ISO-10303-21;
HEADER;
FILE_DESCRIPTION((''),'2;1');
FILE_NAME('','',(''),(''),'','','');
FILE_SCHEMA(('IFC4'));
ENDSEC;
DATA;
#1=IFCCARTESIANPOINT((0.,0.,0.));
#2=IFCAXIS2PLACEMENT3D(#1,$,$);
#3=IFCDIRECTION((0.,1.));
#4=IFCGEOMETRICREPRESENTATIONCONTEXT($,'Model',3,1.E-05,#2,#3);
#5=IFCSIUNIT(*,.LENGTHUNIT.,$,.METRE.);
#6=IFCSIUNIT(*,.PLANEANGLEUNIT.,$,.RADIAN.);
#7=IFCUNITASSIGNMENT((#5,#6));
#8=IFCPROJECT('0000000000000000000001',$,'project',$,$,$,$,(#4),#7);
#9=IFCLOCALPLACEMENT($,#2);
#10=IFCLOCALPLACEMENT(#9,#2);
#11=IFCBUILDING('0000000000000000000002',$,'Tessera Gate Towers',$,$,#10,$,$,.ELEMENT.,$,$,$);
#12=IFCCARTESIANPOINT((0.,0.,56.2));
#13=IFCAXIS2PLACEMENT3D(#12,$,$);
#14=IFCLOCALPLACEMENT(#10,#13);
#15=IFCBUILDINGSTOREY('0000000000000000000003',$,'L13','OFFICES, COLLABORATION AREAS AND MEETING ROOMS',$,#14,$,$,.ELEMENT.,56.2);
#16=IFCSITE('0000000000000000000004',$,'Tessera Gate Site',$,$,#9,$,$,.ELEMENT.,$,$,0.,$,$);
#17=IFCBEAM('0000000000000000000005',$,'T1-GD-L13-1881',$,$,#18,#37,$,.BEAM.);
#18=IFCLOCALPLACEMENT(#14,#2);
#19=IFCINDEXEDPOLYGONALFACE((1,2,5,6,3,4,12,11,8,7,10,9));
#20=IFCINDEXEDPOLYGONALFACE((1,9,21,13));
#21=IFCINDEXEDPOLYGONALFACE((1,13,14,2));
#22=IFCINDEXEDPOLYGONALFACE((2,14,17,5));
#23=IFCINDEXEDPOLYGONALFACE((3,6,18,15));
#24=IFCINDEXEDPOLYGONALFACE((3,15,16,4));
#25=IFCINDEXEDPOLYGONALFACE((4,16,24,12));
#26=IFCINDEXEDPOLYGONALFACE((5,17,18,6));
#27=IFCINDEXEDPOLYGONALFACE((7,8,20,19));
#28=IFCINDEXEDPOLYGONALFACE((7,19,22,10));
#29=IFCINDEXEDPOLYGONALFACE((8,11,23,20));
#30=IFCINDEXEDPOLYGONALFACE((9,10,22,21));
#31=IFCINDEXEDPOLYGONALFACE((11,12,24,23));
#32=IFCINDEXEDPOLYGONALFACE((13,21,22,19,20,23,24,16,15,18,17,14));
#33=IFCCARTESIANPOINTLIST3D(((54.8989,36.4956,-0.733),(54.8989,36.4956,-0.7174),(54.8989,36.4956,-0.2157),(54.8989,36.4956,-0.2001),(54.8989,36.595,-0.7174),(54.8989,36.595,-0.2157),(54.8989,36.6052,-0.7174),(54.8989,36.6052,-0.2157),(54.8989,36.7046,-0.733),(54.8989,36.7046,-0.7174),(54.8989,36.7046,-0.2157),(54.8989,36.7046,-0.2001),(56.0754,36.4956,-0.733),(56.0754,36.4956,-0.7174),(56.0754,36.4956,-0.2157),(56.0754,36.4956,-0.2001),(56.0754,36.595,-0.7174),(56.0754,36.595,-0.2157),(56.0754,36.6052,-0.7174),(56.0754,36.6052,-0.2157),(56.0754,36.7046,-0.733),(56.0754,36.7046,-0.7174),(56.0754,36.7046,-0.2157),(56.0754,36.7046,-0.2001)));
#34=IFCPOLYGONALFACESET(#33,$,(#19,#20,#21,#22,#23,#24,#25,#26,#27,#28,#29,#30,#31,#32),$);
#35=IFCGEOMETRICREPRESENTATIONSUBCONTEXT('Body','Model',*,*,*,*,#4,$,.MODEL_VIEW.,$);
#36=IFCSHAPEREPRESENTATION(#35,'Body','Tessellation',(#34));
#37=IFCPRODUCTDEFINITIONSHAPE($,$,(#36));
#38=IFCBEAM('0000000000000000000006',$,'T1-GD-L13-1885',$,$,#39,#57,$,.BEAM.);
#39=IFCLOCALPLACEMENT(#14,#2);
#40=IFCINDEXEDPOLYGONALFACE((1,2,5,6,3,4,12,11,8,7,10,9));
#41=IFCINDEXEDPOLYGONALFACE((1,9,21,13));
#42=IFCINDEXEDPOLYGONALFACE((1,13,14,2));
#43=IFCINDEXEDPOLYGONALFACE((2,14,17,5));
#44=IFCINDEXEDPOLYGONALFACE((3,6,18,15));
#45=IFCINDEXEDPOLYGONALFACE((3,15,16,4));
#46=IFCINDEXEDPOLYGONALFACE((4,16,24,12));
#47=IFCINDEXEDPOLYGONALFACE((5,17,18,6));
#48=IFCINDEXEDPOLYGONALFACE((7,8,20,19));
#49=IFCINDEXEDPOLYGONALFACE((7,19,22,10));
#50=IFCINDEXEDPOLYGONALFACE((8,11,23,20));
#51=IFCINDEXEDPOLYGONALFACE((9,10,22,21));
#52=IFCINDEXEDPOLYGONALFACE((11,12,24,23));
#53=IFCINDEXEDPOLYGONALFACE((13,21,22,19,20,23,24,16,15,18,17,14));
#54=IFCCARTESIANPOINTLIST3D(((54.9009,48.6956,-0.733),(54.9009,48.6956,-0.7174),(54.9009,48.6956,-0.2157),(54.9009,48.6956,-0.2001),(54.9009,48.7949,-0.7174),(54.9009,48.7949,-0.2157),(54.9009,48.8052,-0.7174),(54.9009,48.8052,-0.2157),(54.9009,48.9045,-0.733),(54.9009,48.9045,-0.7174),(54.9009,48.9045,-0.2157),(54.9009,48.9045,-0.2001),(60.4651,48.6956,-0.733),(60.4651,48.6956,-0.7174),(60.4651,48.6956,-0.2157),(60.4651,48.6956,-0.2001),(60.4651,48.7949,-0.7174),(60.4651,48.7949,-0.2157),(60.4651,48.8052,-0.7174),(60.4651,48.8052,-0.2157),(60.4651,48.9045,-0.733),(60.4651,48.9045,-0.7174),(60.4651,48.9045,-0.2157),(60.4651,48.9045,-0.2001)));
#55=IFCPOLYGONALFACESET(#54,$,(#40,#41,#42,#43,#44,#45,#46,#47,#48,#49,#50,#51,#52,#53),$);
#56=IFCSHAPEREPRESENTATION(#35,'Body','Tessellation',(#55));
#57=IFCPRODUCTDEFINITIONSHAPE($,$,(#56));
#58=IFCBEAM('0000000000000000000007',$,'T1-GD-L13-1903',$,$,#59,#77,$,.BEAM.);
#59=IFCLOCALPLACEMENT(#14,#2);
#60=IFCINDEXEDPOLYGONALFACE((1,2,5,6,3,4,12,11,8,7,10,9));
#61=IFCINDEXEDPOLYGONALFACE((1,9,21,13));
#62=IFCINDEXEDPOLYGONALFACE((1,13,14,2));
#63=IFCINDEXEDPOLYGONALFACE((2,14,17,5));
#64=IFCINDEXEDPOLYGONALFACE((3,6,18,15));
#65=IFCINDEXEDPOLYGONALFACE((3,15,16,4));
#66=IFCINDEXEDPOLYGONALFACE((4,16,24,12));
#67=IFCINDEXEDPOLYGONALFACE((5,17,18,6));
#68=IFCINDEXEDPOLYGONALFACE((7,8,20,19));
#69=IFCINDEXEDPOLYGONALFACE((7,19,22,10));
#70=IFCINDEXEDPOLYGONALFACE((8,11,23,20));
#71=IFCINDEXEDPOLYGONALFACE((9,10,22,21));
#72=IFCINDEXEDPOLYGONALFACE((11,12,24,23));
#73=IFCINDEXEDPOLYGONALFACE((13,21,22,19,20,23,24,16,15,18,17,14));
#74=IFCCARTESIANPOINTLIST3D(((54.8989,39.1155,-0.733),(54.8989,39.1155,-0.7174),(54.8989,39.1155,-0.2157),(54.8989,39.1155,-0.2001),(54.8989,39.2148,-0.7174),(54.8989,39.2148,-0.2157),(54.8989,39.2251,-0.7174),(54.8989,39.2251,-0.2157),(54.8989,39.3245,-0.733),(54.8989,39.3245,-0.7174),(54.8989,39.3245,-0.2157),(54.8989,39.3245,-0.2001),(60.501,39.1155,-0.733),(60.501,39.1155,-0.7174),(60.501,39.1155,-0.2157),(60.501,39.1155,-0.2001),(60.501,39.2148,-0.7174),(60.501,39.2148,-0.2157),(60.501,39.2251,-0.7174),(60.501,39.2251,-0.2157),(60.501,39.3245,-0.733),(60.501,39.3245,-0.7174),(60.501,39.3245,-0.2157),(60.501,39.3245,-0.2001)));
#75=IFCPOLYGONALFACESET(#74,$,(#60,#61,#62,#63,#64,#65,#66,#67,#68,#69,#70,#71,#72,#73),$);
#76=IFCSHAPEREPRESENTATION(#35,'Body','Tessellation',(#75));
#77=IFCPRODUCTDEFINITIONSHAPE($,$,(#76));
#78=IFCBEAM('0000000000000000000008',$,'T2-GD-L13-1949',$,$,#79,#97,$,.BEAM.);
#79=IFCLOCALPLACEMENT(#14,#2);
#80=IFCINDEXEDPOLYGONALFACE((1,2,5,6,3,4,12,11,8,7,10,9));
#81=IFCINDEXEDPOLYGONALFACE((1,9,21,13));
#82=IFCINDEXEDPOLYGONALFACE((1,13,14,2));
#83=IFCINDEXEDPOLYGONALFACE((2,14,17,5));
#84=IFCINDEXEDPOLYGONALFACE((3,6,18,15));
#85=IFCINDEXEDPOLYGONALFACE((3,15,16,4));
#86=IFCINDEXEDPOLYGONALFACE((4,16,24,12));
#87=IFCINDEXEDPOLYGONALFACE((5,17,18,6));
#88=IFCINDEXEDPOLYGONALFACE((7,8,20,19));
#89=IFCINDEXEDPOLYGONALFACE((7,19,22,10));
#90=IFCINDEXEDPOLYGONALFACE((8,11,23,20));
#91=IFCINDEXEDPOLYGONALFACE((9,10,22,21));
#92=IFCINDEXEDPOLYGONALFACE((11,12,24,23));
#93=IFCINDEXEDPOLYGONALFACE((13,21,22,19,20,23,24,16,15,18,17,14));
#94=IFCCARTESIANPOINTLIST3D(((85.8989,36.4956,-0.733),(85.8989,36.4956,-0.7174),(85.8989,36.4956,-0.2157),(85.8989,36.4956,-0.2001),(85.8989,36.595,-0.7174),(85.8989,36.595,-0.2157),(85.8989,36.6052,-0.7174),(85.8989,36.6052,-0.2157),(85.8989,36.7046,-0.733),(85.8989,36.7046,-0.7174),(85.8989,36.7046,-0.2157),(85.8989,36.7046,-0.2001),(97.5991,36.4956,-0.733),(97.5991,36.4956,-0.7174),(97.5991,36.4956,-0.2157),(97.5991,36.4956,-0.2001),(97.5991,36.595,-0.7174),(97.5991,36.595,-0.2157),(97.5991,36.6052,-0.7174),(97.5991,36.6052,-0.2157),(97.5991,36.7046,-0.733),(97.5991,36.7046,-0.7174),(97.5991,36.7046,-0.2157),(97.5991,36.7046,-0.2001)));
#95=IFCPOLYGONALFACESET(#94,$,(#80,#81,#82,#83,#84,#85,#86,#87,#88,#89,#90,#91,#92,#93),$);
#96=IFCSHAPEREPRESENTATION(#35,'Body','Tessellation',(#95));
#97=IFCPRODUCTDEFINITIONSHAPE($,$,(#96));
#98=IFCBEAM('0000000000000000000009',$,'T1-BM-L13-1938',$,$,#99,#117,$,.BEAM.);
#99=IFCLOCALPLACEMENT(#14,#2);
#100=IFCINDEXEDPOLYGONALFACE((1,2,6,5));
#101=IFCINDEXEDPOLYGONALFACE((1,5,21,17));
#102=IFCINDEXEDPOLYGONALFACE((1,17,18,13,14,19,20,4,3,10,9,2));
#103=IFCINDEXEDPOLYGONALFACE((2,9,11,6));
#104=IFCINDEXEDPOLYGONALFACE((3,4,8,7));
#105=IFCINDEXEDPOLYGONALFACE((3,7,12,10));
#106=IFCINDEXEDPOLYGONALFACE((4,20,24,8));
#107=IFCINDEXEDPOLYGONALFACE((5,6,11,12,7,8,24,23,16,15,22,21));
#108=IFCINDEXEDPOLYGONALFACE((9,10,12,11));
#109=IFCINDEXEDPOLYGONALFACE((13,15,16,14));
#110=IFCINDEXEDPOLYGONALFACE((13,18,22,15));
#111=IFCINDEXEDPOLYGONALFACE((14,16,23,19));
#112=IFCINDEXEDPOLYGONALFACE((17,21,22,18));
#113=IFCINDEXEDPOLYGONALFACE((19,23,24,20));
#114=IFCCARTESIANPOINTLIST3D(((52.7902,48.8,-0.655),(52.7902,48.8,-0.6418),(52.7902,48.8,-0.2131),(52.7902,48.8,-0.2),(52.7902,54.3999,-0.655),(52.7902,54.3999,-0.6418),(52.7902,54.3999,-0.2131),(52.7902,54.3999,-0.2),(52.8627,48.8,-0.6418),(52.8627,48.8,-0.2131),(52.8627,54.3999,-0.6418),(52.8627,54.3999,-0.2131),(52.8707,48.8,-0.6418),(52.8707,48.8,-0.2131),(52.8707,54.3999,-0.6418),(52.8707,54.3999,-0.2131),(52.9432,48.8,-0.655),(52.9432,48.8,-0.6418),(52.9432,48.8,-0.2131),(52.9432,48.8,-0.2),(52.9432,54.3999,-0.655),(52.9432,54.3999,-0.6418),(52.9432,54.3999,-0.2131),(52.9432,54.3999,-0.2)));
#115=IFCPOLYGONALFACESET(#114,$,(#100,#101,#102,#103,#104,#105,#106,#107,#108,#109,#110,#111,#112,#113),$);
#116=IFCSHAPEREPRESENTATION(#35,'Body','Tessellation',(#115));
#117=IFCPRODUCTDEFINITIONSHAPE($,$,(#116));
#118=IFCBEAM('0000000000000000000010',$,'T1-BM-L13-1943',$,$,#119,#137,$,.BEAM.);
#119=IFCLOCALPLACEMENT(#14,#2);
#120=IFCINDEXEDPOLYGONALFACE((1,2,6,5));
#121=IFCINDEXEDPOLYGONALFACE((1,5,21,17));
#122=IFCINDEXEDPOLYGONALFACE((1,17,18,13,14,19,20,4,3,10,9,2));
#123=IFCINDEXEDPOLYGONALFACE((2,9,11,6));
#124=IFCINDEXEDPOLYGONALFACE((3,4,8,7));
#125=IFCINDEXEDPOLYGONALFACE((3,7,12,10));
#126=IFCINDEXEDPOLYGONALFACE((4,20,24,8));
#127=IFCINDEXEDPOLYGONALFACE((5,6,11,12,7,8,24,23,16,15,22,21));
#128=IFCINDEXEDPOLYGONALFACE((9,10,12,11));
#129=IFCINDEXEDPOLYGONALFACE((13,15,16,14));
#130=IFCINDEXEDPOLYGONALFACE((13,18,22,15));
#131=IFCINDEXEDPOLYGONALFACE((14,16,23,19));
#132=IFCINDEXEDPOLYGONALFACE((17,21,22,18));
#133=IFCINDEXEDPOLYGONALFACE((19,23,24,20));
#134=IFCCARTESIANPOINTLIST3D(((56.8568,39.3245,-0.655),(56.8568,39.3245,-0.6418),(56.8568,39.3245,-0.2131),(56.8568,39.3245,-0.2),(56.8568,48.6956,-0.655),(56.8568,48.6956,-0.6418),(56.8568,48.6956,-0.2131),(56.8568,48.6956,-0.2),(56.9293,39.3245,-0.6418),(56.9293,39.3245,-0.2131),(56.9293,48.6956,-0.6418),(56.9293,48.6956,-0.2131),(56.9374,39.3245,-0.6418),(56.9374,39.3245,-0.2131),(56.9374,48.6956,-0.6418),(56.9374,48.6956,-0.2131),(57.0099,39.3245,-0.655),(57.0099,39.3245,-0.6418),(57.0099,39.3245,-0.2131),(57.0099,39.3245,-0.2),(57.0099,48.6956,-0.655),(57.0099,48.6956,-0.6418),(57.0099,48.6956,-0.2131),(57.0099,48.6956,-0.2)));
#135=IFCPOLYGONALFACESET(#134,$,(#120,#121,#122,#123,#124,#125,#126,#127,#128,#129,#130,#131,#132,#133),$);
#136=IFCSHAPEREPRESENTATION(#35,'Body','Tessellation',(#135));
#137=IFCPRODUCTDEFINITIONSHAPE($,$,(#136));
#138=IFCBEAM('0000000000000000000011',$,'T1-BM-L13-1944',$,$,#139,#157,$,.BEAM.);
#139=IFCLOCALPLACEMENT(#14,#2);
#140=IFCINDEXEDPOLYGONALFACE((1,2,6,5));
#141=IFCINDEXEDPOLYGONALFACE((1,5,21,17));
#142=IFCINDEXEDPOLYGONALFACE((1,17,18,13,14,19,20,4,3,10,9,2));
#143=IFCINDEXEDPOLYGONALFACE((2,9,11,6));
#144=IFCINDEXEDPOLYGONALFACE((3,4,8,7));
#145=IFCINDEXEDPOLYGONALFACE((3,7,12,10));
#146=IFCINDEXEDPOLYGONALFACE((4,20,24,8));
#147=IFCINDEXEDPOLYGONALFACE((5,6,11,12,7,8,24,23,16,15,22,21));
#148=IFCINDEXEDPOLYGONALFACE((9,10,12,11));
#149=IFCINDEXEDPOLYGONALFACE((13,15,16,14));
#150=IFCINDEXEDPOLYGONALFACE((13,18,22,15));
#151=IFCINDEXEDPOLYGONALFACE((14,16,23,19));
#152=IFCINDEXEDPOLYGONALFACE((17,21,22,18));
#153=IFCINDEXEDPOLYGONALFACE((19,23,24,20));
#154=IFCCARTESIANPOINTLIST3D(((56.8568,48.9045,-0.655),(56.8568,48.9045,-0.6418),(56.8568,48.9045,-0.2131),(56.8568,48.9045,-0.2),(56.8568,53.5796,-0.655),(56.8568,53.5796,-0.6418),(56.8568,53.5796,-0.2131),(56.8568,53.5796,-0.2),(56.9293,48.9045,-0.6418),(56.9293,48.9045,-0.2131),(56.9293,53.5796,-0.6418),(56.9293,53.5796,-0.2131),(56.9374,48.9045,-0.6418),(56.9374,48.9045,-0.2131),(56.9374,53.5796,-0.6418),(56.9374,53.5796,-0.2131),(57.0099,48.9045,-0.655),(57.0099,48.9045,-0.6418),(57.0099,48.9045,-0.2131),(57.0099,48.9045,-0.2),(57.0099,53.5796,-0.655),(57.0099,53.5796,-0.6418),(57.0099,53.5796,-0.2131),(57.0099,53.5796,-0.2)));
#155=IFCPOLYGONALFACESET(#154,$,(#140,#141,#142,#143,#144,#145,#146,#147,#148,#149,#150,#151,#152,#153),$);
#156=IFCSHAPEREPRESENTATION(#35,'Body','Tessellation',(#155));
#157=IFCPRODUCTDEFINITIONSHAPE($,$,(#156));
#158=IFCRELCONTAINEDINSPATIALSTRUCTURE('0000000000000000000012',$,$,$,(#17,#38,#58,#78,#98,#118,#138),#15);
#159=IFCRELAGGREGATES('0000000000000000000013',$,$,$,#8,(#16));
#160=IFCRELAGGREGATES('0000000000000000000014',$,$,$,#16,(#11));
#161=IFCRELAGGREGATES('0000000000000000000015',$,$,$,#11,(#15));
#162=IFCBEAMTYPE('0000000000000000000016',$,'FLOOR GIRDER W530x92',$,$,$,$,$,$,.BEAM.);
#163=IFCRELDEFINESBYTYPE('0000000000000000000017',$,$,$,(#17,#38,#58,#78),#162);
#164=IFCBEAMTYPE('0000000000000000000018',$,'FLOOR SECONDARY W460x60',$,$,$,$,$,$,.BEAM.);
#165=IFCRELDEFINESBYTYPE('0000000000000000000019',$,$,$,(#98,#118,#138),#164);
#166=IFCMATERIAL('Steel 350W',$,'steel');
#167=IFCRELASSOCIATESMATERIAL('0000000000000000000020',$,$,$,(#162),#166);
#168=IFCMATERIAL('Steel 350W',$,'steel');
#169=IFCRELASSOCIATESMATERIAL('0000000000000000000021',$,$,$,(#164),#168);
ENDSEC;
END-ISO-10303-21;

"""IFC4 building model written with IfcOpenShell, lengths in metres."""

from ifc_helpers import new_model, si_unit, direction, frame, origin, origin_2d, place, context, subcontext, project, spatial, i_section, extrude, material, material_profile, profile_set, type_object, element, save


model = new_model("IFC4")

# Units and contexts
model_context = context("Model", 3, precision=1e-05, world=origin(), true_north=direction((0.0, 1.0)))
body_context = subcontext(model_context, "Body", "Model", "MODEL_VIEW")
ifc_project = project(units=[si_unit("LENGTHUNIT", "METRE"), si_unit("PLANEANGLEUNIT", "RADIAN")], contexts=[model_context])

# Site, building, storey
site_placement = place(None, origin())
site = spatial("IfcSite", under=ifc_project, at=site_placement, Name="Tessera Gate Site", CompositionType="ELEMENT", RefElevation=0.0)
building_placement = place(site_placement, origin())
building = spatial("IfcBuilding", under=site, at=building_placement, Name="Tessera Gate Towers", CompositionType="ELEMENT")
storey_placement = place(building_placement, frame((0.0, 0.0, 56.2)))
storey = spatial("IfcBuildingStorey", under=building, at=storey_placement, Name="L13", Description="OFFICES, COLLABORATION AREAS AND MEETING ROOMS", CompositionType="ELEMENT", Elevation=56.2)

# Beams
ifc_material_1 = material(Name="Steel 350W", Category="steel")
ifc_material_profile_1 = material_profile(ifc_material_1, i_section(OverallWidth=0.209, OverallDepth=0.533, WebThickness=0.0103, FlangeThickness=0.0156, at=origin_2d()), Name="W530x92")
ifc_profile_set_1 = profile_set([ifc_material_profile_1], Name="Steel 350W")
beam_type_1 = type_object("IfcBeamType", Name="FLOOR GIRDER W530x92", PredefinedType="BEAM", material=ifc_profile_set_1)
beam_1_placement = place(storey_placement, frame((54.8989, 36.6001, -0.4666), z_axis=(1.0, 0.0, 0.0), x_axis=(0.0, 1.0, 0.0)))
element("IfcBeam", 1, at=beam_1_placement, inside=storey, type_object=beam_type_1, Name="T1-GD-L13-1881", PredefinedType="BEAM", context=body_context, shape_type="SweptSolid", body=[
    extrude(i_section(OverallWidth=0.209, OverallDepth=0.533, WebThickness=0.0103, FlangeThickness=0.0156, at=origin_2d()), origin(), (0.0, 0.0, 1.0), 1.1765),
])
beam_2_placement = place(storey_placement, frame((54.9009, 48.8, -0.4666), z_axis=(1.0, 0.0, 0.0), x_axis=(0.0, 1.0, 0.0)))
element("IfcBeam", 2, at=beam_2_placement, inside=storey, type_object=beam_type_1, Name="T1-GD-L13-1885", PredefinedType="BEAM", context=body_context, shape_type="SweptSolid", body=[
    extrude(i_section(OverallWidth=0.209, OverallDepth=0.533, WebThickness=0.0103, FlangeThickness=0.0156, at=origin_2d()), origin(), (0.0, 0.0, 1.0), 5.5642),
])
beam_3_placement = place(storey_placement, frame((54.8989, 39.22, -0.4666), z_axis=(1.0, 0.0, 0.0), x_axis=(0.0, 1.0, 0.0)))
element("IfcBeam", 3, at=beam_3_placement, inside=storey, type_object=beam_type_1, Name="T1-GD-L13-1903", PredefinedType="BEAM", context=body_context, shape_type="SweptSolid", body=[
    extrude(i_section(OverallWidth=0.209, OverallDepth=0.533, WebThickness=0.0103, FlangeThickness=0.0156, at=origin_2d()), origin(), (0.0, 0.0, 1.0), 5.6021),
])
beam_4_placement = place(storey_placement, frame((85.8989, 36.6001, -0.4666), z_axis=(1.0, 0.0, 0.0), x_axis=(0.0, 1.0, 0.0)))
element("IfcBeam", 4, at=beam_4_placement, inside=storey, type_object=beam_type_1, Name="T2-GD-L13-1949", PredefinedType="BEAM", context=body_context, shape_type="SweptSolid", body=[
    extrude(i_section(OverallWidth=0.209, OverallDepth=0.533, WebThickness=0.0103, FlangeThickness=0.0156, at=origin_2d()), origin(), (0.0, 0.0, 1.0), 11.7002),
])
ifc_material_2 = material(Name="Steel 350W", Category="steel")
ifc_material_profile_2 = material_profile(ifc_material_2, i_section(OverallWidth=0.1531, OverallDepth=0.4551, WebThickness=0.0081, FlangeThickness=0.0132, at=origin_2d()), Name="W460x60")
ifc_profile_set_2 = profile_set([ifc_material_profile_2], Name="Steel 350W")
beam_type_2 = type_object("IfcBeamType", Name="FLOOR SECONDARY W460x60", PredefinedType="BEAM", material=ifc_profile_set_2)
beam_5_placement = place(storey_placement, frame((52.8667, 48.8, -0.4275), z_axis=(0.0, 1.0, 0.0), x_axis=(-1.0, 0.0, 0.0)))
element("IfcBeam", 5, at=beam_5_placement, inside=storey, type_object=beam_type_2, Name="T1-BM-L13-1938", PredefinedType="BEAM", context=body_context, shape_type="SweptSolid", body=[
    extrude(i_section(OverallWidth=0.1531, OverallDepth=0.4551, WebThickness=0.0081, FlangeThickness=0.0132, at=origin_2d()), origin(), (0.0, 0.0, 1.0), 5.5999),
])
beam_6_placement = place(storey_placement, frame((56.9333, 39.3245, -0.4275), z_axis=(0.0, 1.0, 0.0), x_axis=(-1.0, 0.0, 0.0)))
element("IfcBeam", 6, at=beam_6_placement, inside=storey, type_object=beam_type_2, Name="T1-BM-L13-1943", PredefinedType="BEAM", context=body_context, shape_type="SweptSolid", body=[
    extrude(i_section(OverallWidth=0.1531, OverallDepth=0.4551, WebThickness=0.0081, FlangeThickness=0.0132, at=origin_2d()), origin(), (0.0, 0.0, 1.0), 9.3711),
])
beam_7_placement = place(storey_placement, frame((56.9333, 48.9045, -0.4275), z_axis=(0.0, 1.0, 0.0), x_axis=(-1.0, 0.0, 0.0)))
element("IfcBeam", 7, at=beam_7_placement, inside=storey, type_object=beam_type_2, Name="T1-BM-L13-1944", PredefinedType="BEAM", context=body_context, shape_type="SweptSolid", body=[
    extrude(i_section(OverallWidth=0.1531, OverallDepth=0.4551, WebThickness=0.0081, FlangeThickness=0.0132, at=origin_2d()), origin(), (0.0, 0.0, 1.0), 4.675),
])

save(model, "model.ifc")
